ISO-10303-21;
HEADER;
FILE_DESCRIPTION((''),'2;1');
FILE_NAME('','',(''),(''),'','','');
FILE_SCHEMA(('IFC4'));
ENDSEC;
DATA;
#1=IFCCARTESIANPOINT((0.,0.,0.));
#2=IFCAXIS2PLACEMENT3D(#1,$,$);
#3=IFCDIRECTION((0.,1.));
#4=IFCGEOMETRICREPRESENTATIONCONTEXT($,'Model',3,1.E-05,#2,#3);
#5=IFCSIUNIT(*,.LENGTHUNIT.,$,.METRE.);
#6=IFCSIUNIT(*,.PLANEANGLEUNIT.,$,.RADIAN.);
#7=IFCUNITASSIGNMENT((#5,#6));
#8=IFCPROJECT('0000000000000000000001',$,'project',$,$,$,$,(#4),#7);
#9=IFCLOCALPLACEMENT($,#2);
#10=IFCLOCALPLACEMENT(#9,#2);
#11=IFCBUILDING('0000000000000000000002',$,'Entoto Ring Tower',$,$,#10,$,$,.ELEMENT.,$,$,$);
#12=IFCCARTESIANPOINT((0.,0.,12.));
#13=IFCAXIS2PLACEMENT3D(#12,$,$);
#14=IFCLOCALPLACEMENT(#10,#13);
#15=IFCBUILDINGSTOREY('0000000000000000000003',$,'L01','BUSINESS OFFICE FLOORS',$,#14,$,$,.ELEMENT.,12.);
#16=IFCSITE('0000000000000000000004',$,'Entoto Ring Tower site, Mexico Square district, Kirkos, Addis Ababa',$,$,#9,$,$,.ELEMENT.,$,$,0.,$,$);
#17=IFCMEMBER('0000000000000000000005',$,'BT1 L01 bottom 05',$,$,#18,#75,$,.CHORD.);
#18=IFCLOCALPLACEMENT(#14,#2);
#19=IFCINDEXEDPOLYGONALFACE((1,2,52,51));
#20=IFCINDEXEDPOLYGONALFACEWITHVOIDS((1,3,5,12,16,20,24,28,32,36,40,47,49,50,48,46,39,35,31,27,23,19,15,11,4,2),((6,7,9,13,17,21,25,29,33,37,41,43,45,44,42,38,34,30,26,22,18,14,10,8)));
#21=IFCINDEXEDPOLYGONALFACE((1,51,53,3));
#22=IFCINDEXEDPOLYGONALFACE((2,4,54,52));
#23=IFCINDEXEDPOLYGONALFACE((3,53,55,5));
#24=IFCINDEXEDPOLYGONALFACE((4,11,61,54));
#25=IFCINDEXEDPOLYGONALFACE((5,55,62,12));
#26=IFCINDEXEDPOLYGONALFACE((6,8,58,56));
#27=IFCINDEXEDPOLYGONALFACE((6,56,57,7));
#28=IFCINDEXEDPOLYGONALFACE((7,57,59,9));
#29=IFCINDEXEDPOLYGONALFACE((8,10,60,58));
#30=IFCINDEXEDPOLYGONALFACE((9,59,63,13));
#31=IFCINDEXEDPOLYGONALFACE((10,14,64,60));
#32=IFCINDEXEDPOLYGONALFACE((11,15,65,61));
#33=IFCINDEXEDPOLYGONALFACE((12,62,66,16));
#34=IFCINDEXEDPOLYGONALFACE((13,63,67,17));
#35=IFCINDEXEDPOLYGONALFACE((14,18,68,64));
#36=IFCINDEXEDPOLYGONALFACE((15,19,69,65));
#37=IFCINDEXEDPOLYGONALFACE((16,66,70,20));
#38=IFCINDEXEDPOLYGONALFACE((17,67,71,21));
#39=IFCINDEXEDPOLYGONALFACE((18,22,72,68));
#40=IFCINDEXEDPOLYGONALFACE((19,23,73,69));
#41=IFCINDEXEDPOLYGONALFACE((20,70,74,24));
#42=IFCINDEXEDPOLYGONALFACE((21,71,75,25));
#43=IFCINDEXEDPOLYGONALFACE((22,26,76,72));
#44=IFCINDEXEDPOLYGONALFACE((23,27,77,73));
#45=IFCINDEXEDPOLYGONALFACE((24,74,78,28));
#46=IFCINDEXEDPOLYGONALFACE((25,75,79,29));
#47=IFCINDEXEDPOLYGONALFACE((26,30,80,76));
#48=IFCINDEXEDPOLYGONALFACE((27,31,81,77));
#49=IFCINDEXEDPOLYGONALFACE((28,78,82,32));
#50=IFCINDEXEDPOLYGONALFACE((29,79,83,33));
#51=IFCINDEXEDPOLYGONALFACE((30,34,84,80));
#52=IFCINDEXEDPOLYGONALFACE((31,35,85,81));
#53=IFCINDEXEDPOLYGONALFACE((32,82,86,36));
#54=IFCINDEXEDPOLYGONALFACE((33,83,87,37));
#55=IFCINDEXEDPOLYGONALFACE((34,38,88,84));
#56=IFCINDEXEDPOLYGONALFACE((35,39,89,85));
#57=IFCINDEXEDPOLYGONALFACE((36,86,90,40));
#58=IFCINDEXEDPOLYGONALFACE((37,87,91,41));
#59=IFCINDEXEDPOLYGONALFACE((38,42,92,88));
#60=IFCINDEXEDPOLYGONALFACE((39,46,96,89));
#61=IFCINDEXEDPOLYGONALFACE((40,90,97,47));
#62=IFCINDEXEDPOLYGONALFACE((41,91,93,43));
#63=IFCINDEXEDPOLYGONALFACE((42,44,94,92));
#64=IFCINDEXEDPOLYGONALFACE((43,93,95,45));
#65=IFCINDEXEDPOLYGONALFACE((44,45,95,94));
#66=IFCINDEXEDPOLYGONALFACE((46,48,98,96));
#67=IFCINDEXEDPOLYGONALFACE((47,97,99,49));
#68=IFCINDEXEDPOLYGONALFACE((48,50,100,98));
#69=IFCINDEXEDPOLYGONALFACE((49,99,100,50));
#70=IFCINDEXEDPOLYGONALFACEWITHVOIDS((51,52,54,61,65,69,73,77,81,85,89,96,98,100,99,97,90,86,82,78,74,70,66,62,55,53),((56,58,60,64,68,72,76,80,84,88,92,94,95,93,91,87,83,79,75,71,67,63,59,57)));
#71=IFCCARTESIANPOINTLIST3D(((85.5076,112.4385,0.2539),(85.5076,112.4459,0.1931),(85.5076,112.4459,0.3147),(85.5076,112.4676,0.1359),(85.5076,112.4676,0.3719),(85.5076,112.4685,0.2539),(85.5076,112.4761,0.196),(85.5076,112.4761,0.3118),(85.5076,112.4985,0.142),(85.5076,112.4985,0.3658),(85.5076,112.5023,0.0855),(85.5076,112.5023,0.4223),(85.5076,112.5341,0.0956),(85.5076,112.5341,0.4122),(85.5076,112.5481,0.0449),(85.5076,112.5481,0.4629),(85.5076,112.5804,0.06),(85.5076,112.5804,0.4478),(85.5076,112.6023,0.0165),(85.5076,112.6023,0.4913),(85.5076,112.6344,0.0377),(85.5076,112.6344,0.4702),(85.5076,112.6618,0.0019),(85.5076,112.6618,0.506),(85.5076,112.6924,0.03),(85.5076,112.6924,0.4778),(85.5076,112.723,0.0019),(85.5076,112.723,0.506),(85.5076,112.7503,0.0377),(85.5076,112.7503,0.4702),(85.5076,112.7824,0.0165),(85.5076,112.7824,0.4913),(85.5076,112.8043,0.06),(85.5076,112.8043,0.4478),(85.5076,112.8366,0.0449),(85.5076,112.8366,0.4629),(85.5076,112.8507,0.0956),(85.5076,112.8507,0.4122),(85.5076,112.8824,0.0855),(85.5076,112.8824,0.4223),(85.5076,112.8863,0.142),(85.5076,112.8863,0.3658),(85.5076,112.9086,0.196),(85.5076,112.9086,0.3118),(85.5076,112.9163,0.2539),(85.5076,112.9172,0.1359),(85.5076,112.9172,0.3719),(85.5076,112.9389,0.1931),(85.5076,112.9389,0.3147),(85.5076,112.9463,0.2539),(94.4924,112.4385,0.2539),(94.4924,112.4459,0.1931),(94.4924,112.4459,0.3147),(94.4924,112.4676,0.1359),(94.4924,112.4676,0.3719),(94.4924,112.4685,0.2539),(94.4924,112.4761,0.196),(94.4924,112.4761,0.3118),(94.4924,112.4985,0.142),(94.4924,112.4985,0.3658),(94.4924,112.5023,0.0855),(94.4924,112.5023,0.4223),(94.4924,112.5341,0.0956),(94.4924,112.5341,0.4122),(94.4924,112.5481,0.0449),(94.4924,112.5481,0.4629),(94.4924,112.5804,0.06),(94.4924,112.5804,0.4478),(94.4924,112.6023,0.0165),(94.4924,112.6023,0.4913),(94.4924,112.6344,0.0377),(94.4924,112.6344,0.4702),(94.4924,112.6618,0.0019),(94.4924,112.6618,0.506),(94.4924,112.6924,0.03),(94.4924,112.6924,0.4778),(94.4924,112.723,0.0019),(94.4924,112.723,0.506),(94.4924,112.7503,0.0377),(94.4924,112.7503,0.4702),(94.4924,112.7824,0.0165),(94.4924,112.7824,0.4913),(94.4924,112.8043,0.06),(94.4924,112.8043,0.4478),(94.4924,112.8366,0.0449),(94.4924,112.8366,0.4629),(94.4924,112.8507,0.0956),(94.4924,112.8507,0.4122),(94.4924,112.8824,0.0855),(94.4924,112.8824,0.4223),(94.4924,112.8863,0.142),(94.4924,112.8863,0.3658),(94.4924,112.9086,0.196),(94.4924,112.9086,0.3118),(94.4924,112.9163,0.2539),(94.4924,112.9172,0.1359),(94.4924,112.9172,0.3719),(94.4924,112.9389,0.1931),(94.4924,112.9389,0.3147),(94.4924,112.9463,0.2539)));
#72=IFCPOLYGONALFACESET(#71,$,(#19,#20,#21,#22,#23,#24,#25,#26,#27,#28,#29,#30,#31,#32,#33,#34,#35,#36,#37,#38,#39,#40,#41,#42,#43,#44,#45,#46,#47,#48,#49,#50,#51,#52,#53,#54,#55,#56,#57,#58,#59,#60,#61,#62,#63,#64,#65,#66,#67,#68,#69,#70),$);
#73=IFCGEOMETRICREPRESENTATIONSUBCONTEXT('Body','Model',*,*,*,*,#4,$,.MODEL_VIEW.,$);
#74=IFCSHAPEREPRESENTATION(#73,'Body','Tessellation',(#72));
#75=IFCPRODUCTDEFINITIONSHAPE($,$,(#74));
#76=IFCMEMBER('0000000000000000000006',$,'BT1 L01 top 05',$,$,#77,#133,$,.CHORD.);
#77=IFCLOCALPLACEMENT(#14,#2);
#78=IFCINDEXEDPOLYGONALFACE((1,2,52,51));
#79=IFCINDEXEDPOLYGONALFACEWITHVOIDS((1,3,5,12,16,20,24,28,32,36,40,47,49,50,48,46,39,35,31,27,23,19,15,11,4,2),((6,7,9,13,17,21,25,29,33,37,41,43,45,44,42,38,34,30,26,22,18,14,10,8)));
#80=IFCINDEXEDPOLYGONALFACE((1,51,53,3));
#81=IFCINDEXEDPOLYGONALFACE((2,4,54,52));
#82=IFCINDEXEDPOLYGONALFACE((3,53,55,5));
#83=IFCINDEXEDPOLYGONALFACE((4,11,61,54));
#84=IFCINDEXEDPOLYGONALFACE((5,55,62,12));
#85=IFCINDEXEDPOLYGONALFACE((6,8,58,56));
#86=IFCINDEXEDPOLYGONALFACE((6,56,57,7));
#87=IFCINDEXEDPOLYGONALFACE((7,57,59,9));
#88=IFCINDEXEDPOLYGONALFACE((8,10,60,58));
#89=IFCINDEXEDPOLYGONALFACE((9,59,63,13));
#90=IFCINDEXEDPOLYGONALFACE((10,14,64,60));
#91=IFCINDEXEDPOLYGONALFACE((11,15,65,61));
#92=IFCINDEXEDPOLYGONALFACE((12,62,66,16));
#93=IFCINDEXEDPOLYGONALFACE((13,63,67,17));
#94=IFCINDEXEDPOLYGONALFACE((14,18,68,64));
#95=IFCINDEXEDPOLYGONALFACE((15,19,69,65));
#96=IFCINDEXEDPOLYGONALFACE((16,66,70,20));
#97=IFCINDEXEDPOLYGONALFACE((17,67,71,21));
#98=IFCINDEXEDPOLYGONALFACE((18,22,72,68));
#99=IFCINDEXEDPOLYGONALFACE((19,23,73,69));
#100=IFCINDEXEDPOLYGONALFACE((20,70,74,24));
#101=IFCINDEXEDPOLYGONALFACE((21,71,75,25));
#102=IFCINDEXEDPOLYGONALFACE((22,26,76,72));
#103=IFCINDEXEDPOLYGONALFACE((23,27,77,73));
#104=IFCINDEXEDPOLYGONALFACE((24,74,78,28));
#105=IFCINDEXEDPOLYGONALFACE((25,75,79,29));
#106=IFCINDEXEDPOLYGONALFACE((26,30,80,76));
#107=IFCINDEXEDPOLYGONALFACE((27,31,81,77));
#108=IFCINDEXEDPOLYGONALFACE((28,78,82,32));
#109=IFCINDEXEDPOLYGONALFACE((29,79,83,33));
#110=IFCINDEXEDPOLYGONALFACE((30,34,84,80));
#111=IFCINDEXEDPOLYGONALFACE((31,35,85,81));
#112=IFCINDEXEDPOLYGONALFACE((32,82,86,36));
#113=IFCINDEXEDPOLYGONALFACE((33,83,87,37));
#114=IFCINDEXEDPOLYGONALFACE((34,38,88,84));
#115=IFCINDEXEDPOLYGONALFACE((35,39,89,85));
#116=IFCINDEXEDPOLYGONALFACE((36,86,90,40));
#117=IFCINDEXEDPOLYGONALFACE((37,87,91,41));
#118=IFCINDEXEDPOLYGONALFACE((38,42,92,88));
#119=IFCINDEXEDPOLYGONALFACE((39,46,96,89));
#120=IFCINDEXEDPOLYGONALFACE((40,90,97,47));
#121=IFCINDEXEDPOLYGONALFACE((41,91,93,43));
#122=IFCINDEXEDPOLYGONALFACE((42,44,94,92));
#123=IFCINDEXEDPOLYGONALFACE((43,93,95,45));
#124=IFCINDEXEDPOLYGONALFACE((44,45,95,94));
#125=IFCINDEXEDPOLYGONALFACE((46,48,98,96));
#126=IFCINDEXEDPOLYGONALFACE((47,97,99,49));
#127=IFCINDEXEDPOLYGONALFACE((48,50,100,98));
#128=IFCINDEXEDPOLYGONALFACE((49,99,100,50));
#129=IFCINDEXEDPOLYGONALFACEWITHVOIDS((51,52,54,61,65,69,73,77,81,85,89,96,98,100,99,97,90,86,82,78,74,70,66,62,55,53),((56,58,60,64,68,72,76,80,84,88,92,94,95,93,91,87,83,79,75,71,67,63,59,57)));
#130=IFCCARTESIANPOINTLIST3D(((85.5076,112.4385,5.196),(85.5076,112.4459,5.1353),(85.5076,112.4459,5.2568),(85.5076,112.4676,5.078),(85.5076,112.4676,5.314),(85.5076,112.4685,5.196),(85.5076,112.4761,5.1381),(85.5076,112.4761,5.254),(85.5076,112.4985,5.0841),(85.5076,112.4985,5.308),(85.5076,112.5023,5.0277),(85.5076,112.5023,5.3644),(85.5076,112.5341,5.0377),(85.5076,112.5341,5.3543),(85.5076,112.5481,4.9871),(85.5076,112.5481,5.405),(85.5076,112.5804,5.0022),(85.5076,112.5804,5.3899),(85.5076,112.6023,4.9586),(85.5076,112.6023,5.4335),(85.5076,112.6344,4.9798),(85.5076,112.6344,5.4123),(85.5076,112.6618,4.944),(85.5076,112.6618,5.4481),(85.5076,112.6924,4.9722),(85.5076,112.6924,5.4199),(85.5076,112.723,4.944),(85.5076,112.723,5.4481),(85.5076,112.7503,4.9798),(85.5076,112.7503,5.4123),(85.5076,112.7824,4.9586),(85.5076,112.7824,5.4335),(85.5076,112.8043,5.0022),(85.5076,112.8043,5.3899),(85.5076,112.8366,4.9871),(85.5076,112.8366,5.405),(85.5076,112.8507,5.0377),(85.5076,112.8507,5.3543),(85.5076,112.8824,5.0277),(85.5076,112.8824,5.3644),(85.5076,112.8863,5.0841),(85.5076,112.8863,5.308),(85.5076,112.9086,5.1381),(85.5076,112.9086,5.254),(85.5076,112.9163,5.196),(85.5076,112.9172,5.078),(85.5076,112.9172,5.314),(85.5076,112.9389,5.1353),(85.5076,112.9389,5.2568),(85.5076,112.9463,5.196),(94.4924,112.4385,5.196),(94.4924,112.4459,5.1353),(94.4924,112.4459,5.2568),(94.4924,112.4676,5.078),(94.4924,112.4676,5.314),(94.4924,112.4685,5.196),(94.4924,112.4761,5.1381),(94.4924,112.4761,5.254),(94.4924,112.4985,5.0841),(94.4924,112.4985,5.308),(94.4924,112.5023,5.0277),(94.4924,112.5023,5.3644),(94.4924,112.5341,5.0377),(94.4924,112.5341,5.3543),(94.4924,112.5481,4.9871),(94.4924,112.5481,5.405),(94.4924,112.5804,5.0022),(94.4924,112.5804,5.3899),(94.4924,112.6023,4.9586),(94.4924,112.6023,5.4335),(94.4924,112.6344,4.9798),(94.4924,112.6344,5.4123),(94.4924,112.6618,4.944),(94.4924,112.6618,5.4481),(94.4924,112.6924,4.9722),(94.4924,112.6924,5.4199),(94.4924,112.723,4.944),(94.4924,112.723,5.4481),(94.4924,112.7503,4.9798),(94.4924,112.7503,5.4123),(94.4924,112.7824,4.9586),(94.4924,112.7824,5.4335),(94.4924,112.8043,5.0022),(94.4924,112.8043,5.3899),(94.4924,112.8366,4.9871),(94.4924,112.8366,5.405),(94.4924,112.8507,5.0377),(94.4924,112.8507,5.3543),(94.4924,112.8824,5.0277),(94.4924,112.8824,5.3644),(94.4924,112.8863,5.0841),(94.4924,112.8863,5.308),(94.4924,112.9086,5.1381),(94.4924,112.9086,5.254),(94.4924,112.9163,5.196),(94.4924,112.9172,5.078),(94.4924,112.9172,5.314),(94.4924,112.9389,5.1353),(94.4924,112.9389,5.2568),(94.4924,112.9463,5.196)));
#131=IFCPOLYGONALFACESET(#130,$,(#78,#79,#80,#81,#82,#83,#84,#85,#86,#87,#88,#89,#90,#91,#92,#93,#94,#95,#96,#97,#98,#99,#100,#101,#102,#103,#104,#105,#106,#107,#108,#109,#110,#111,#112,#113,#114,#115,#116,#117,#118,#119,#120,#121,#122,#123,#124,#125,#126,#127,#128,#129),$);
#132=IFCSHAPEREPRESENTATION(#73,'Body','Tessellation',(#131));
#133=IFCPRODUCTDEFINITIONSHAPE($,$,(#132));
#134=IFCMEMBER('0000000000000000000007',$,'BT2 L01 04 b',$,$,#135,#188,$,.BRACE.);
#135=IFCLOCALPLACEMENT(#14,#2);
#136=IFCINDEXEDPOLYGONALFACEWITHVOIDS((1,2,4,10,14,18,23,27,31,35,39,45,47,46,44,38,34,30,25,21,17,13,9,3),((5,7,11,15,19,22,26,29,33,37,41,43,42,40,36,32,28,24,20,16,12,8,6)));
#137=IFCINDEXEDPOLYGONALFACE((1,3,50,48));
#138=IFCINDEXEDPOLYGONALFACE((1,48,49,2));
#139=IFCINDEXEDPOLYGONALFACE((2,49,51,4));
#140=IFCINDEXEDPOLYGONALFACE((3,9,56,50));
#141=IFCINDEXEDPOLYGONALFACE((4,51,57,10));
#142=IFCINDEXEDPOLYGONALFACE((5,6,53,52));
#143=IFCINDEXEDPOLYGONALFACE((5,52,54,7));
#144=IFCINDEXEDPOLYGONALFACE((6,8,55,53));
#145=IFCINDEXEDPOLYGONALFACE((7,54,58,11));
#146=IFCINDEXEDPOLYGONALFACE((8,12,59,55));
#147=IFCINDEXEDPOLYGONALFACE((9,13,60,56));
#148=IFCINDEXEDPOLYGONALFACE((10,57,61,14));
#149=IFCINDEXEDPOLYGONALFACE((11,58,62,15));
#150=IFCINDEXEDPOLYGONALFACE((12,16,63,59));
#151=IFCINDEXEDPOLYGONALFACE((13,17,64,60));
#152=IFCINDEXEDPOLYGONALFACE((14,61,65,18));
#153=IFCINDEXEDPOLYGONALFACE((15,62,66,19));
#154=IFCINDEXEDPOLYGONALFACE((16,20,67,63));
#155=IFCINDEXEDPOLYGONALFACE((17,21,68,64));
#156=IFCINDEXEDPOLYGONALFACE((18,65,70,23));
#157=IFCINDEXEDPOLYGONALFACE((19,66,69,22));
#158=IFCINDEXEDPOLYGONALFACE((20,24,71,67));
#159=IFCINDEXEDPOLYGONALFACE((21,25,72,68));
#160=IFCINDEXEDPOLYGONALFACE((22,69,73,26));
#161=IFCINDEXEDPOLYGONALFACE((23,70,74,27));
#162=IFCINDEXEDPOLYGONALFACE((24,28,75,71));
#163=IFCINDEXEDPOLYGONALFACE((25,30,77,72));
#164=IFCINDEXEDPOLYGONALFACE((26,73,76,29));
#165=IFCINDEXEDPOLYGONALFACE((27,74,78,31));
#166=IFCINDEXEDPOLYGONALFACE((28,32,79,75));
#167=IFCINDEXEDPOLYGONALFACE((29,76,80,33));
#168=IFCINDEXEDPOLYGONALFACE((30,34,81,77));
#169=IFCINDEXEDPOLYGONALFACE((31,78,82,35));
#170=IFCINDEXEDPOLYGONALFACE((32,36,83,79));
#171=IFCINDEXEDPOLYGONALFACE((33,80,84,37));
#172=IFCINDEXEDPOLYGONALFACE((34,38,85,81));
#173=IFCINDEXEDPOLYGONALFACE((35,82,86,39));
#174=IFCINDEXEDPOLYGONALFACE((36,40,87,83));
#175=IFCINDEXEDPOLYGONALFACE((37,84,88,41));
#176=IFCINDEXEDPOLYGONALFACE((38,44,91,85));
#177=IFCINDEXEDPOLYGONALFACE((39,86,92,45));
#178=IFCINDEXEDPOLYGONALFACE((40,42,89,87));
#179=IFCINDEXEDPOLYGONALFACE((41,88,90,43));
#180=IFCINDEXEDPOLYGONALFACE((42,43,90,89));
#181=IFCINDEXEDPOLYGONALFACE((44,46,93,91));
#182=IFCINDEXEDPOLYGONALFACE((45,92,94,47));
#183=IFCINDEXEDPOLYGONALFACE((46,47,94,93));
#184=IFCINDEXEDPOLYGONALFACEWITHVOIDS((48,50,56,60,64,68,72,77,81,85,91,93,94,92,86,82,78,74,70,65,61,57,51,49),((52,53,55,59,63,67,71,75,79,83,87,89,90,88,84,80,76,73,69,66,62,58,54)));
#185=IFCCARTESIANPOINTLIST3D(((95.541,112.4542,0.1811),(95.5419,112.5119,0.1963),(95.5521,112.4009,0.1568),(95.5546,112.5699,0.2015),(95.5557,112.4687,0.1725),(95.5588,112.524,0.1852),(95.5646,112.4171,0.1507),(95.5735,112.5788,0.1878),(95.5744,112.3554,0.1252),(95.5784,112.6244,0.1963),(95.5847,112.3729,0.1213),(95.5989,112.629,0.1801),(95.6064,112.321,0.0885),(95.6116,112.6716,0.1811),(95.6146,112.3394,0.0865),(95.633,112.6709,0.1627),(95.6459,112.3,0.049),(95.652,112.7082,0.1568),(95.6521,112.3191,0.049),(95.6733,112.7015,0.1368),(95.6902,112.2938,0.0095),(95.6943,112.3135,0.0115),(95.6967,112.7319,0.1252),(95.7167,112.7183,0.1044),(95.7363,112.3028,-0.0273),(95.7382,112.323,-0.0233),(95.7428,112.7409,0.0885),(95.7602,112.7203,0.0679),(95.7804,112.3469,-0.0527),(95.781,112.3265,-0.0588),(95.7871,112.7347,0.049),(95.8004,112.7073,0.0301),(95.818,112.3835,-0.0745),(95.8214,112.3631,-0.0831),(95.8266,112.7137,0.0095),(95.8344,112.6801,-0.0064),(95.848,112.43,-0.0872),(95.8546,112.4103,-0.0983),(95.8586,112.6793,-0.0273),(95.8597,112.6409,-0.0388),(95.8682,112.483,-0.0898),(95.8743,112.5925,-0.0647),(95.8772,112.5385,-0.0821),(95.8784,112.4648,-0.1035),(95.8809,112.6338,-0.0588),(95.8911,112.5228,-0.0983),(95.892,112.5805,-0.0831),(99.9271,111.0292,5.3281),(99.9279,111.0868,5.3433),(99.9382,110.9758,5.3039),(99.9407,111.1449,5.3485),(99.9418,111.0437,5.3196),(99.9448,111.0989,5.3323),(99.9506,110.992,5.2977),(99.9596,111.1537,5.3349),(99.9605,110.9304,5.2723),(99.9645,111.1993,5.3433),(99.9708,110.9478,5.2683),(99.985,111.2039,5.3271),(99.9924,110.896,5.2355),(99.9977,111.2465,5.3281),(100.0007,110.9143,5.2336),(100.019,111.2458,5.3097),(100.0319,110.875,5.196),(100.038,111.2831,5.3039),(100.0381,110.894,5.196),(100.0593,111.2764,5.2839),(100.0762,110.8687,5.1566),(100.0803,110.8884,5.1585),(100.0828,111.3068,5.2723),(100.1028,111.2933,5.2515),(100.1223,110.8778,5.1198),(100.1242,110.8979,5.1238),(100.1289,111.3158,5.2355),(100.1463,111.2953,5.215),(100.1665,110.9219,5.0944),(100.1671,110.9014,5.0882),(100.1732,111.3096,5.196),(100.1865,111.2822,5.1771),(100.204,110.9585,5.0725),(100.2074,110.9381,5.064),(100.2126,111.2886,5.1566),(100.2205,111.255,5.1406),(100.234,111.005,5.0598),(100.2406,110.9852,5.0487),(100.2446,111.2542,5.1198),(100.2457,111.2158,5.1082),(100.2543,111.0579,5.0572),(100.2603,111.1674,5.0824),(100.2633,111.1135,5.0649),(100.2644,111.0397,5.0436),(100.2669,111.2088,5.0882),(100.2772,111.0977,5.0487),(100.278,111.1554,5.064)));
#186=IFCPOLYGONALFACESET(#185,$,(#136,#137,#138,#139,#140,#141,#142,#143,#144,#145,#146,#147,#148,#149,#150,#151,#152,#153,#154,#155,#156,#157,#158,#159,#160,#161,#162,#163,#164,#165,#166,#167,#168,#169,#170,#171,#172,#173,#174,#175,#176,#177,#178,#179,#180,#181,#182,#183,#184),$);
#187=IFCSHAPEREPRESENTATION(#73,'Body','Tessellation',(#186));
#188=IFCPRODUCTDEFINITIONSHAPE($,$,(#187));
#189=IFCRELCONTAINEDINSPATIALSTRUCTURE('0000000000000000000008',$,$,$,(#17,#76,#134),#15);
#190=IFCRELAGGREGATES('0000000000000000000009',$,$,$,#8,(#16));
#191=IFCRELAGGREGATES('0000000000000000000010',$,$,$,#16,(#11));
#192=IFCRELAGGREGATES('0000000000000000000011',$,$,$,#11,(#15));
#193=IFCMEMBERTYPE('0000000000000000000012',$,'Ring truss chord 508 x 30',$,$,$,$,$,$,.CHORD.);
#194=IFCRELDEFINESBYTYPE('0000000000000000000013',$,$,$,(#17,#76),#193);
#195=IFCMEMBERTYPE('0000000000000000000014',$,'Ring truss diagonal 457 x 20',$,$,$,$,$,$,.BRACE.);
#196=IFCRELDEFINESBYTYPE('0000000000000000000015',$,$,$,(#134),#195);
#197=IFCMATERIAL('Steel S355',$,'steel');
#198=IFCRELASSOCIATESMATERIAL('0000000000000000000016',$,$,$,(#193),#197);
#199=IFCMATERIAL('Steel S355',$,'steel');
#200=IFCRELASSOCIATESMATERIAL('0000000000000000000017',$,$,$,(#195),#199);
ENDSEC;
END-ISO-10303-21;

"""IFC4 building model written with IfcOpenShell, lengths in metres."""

from ifc_helpers import new_model, si_unit, direction, frame, origin, origin_2d, place, context, subcontext, project, spatial, circle, hollow_circle, extrude, material, material_profile, profile_set, type_object, element, save


model = new_model("IFC4")

# Units and contexts
model_context = context("Model", 3, precision=1e-05, world=origin(), true_north=direction((0.0, 1.0)))
body_context = subcontext(model_context, "Body", "Model", "MODEL_VIEW")
ifc_project = project(units=[si_unit("LENGTHUNIT", "METRE"), si_unit("PLANEANGLEUNIT", "RADIAN")], contexts=[model_context])

# Site, building, storey
site_placement = place(None, origin())
site = spatial("IfcSite", under=ifc_project, at=site_placement, Name="Entoto Ring Tower site, Mexico Square district, Kirkos, Addis Ababa", CompositionType="ELEMENT", RefElevation=0.0)
building_placement = place(site_placement, origin())
building = spatial("IfcBuilding", under=site, at=building_placement, Name="Entoto Ring Tower", CompositionType="ELEMENT")
storey_placement = place(building_placement, frame((0.0, 0.0, 12.0)))
storey = spatial("IfcBuildingStorey", under=building, at=storey_placement, Name="L01", Description="BUSINESS OFFICE FLOORS", CompositionType="ELEMENT", Elevation=12.0)

# Members
ifc_material_1 = material(Name="Steel S355", Category="steel")
ifc_material_profile_1 = material_profile(ifc_material_1, hollow_circle(Radius=0.2539, WallThickness=0.03, at=origin_2d()), Name="CHS 508 x 30")
ifc_material_2 = material(Name="Concrete C60/75", Category="concrete")
ifc_material_profile_2 = material_profile(ifc_material_2, circle(Radius=0.2241, at=origin_2d()), Name="Concrete C60/75 infill")
ifc_profile_set_1 = profile_set([ifc_material_profile_1, ifc_material_profile_2], Name="Steel S355")
member_type_1 = type_object("IfcMemberType", Name="Ring truss chord 508 x 30", PredefinedType="CHORD", material=ifc_profile_set_1)
for number, where, z_axis, x_axis, name in (
    (1, (94.4924, 112.6924, 0.2539), (-1.0, 0.0, 0.0), (0.0, -1.0, 0.0), "BT1 L01 bottom 05"),
    (2, (94.4924, 112.6924, 5.196), (-1.0, 0.0, 0.0), (0.0, -1.0, 0.0), "BT1 L01 top 05"),
):
    element("IfcMember", number, at=place(storey_placement, frame(where, z_axis=z_axis, x_axis=x_axis)), inside=storey, type_object=member_type_1, Name=name, PredefinedType="CHORD", context=body_context, shape_type="SweptSolid", body=[
        extrude(hollow_circle(Radius=0.2539, WallThickness=0.03, at=origin_2d()), origin(), (0.0, 0.0, 1.0), 8.9849),
    ])
ifc_material_3 = material(Name="Steel S355", Category="steel")
ifc_material_profile_3 = material_profile(ifc_material_3, hollow_circle(Radius=0.2285, WallThickness=0.02, at=origin_2d()), Name="CHS 457 x 20")
ifc_material_4 = material(Name="Concrete C60/75", Category="concrete")
ifc_material_profile_4 = material_profile(ifc_material_4, circle(Radius=0.2085, at=origin_2d()), Name="Concrete C60/75 infill")
ifc_profile_set_2 = profile_set([ifc_material_profile_3, ifc_material_profile_4], Name="Steel S355")
member_type_2 = type_object("IfcMemberType", Name="Ring truss diagonal 457 x 20", PredefinedType="BRACE", material=ifc_profile_set_2)
member_1_placement = place(storey_placement, frame((100.1025, 111.0923, 5.196), z_axis=(-0.634658, 0.206206, -0.744774), x_axis=(-0.309008, -0.951059, 0.0)))
element("IfcMember", 3, at=member_1_placement, inside=storey, type_object=member_type_2, Name="BT2 L01 04 b", PredefinedType="BRACE", context=body_context, shape_type="SweptSolid", body=[
    extrude(hollow_circle(Radius=0.2285, WallThickness=0.02, at=origin_2d()), origin(), (0.0, 0.0, 1.0), 6.9109),
])

save(model, "model.ifc")
